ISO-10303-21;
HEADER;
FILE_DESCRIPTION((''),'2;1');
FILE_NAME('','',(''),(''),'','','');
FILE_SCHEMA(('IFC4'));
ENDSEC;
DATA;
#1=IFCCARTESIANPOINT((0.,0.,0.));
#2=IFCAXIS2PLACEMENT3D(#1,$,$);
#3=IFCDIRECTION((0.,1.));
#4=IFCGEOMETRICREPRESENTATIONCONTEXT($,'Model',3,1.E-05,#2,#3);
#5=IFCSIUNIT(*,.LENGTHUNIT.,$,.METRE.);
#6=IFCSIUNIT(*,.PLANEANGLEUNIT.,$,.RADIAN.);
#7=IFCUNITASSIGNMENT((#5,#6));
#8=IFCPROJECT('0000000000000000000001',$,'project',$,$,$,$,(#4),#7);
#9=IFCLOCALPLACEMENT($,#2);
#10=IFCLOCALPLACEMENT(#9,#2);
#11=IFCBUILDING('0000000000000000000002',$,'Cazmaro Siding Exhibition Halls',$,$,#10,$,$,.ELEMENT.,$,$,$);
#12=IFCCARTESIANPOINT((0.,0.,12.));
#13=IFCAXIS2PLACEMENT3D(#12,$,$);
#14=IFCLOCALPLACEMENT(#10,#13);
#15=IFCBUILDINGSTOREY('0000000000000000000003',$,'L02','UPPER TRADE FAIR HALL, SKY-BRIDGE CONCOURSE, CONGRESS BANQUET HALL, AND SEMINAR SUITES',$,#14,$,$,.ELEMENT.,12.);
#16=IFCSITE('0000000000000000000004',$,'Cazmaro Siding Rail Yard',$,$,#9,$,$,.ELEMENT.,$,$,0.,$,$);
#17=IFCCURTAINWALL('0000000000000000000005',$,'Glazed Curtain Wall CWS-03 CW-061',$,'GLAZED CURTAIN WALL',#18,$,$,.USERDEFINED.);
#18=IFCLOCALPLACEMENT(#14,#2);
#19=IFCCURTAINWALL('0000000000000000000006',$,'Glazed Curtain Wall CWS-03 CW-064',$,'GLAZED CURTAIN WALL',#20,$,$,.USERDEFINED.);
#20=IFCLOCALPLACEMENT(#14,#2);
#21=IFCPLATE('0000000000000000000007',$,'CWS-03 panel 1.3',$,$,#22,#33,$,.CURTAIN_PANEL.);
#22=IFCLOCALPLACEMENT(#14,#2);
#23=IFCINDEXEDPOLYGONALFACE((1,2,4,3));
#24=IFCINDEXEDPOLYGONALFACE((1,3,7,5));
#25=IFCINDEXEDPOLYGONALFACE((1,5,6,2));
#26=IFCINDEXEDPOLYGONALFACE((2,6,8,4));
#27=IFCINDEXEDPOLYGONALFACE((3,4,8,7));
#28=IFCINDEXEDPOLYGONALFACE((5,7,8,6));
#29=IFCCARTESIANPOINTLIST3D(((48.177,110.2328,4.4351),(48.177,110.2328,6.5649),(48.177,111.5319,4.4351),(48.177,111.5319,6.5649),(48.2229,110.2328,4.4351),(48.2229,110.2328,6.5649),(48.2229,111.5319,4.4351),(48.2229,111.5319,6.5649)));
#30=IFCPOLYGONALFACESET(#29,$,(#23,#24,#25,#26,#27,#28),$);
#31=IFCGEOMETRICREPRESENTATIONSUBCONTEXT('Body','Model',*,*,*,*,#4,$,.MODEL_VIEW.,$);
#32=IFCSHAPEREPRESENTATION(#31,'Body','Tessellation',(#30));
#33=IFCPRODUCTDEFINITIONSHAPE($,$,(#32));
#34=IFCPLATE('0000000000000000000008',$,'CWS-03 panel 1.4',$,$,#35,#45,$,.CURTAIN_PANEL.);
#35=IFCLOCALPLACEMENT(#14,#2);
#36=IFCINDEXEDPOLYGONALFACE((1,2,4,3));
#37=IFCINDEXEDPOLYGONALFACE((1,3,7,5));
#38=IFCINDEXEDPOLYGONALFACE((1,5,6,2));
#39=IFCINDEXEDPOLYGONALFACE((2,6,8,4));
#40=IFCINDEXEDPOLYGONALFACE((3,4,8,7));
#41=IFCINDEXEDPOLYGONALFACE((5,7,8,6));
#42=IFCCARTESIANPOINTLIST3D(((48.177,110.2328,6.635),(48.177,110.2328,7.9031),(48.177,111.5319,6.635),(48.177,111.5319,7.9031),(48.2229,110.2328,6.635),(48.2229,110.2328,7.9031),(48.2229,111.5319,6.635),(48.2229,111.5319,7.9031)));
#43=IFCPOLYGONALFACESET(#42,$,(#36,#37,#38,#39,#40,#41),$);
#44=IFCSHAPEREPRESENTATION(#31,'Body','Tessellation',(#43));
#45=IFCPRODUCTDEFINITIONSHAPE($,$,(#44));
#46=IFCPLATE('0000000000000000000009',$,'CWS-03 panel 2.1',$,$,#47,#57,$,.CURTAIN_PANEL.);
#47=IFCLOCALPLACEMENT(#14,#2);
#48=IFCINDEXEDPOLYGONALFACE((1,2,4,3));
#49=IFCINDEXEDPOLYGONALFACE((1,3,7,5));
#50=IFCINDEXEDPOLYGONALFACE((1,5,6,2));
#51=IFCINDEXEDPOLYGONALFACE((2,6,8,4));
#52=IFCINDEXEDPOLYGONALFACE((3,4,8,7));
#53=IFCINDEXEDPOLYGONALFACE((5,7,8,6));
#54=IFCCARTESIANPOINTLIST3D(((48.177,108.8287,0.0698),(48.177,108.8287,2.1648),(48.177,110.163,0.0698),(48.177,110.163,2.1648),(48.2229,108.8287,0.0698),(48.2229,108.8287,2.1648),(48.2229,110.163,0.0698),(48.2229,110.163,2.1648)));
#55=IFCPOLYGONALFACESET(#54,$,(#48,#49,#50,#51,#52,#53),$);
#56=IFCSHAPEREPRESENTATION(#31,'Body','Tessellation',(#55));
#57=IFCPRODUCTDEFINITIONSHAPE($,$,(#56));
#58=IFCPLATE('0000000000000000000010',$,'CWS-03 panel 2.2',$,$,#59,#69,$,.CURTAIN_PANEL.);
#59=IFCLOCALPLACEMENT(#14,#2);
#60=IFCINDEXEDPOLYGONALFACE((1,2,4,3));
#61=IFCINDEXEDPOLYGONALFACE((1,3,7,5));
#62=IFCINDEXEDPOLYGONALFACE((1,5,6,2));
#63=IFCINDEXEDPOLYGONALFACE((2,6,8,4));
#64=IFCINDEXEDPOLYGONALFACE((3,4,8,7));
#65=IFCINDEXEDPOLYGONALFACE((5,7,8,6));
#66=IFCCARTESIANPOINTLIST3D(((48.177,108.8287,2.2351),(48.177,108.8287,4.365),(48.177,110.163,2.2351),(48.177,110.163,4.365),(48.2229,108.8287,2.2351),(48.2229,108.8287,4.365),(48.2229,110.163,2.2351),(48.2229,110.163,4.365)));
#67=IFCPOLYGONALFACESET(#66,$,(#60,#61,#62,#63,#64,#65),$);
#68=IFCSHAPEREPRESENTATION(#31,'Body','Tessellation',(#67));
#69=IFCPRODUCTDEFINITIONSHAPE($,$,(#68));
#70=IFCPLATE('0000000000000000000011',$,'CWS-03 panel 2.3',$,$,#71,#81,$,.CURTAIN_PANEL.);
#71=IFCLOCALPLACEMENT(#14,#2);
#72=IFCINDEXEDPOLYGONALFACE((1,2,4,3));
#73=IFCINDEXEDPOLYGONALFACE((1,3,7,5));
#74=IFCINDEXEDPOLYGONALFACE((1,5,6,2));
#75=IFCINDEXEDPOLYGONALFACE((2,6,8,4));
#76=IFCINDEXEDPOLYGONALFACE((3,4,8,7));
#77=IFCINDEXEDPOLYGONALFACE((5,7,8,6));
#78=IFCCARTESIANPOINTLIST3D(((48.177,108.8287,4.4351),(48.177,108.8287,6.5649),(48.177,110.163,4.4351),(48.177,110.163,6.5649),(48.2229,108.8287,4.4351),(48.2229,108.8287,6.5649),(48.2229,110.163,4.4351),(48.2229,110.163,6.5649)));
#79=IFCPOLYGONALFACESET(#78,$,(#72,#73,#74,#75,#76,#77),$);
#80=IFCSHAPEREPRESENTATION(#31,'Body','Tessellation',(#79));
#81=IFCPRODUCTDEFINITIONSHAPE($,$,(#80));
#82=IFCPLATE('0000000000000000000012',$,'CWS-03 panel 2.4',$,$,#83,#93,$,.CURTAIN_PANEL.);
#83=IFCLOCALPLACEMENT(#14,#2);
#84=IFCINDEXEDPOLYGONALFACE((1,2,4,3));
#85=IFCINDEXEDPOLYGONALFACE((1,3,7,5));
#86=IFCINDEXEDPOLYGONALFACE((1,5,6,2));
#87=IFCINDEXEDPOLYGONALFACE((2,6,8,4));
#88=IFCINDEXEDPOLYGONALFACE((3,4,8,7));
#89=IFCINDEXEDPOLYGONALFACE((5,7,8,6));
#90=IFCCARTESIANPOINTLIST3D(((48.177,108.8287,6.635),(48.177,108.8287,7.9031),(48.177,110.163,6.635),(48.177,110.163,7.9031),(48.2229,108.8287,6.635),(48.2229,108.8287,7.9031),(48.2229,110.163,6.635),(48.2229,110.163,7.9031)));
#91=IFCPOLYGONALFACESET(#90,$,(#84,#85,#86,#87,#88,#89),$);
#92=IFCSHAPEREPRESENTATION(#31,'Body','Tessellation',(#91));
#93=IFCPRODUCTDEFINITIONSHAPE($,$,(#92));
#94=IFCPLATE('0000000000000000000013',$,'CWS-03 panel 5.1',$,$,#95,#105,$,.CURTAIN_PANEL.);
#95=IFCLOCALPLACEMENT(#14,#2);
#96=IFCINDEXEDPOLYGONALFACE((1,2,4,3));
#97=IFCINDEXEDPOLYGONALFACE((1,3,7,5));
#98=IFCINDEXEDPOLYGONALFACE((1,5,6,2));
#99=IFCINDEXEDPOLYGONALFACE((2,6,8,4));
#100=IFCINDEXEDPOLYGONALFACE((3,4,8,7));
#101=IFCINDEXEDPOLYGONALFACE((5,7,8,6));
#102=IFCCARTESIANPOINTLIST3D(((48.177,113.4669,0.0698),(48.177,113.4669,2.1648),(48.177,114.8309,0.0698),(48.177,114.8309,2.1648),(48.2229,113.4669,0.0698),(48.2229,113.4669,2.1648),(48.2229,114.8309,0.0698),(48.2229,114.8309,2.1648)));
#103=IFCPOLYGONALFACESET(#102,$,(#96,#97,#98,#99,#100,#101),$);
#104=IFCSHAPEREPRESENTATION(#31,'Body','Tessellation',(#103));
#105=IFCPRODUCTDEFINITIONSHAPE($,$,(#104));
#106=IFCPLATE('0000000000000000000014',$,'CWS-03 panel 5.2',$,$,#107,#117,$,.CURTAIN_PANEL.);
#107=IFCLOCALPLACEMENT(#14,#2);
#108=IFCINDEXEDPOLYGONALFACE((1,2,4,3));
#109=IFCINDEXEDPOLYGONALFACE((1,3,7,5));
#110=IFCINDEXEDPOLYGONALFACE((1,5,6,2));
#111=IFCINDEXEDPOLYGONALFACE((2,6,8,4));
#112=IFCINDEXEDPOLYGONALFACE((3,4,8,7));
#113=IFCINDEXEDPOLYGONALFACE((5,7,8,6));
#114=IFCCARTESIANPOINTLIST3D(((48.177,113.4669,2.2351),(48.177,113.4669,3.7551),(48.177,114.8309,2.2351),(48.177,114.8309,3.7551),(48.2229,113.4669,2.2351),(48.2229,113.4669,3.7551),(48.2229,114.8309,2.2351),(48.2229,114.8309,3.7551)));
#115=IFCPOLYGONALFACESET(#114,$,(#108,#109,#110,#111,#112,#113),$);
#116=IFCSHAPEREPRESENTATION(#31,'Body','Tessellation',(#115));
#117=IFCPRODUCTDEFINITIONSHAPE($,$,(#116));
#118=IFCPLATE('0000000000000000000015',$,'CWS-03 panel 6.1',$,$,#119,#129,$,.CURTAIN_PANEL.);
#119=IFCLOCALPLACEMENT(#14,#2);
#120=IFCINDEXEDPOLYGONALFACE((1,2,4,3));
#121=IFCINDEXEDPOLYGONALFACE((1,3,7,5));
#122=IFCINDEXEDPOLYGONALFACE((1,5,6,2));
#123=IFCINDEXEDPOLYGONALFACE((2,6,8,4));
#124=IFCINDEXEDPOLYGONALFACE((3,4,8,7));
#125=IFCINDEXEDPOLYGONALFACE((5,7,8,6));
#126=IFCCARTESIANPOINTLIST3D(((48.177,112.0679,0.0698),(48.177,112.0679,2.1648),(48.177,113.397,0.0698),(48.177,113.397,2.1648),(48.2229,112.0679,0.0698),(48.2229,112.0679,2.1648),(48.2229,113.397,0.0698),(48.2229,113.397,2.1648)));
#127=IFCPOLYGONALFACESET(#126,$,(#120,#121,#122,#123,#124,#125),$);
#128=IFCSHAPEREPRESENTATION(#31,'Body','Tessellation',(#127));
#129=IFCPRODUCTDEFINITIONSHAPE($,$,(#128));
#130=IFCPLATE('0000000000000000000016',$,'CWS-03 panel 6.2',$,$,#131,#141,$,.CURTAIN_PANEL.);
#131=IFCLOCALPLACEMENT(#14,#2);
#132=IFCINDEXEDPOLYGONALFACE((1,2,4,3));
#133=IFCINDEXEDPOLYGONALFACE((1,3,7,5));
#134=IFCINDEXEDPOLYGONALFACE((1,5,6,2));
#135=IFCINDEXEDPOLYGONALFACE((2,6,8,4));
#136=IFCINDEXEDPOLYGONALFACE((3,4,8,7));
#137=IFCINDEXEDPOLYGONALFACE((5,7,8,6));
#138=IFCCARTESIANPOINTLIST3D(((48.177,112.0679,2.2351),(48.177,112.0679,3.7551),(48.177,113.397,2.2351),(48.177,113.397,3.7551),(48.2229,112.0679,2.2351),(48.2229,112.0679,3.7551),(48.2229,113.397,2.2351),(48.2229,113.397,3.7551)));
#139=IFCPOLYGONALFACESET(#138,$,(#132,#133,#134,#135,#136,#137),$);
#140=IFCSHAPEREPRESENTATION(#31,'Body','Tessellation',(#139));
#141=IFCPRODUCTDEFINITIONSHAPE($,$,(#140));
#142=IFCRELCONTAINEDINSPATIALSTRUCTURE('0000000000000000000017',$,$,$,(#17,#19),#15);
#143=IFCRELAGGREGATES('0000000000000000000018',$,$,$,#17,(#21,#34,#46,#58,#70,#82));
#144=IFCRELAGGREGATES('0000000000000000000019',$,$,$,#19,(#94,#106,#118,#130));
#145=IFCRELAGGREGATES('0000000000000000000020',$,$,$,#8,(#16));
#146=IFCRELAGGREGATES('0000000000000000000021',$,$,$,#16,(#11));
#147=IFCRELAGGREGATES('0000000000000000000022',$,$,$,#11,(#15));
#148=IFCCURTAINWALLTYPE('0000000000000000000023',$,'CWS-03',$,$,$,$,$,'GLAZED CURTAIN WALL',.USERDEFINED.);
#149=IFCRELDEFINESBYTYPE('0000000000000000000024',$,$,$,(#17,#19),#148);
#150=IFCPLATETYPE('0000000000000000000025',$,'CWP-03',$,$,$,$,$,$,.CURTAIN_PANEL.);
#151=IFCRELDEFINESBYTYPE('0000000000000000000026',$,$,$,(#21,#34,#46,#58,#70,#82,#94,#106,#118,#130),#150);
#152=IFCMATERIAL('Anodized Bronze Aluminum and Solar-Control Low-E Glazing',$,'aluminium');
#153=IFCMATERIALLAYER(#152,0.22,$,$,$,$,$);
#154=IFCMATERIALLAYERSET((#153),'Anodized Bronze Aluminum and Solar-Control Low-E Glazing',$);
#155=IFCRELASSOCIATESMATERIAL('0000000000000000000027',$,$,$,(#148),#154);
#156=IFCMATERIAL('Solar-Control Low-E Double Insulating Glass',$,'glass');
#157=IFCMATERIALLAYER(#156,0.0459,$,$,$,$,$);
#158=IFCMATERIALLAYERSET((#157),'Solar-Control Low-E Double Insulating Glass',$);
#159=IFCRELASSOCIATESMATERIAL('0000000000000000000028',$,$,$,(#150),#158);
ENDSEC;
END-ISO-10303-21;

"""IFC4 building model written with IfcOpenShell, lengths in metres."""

from ifc_helpers import new_model, si_unit, direction, frame, origin, origin_2d, place, context, subcontext, project, spatial, rectangle, extrude, material, layer, layer_set, type_object, element, aggregate, save


model = new_model("IFC4")

# Units and contexts
model_context = context("Model", 3, precision=1e-05, world=origin(), true_north=direction((0.0, 1.0)))
body_context = subcontext(model_context, "Body", "Model", "MODEL_VIEW")
ifc_project = project(units=[si_unit("LENGTHUNIT", "METRE"), si_unit("PLANEANGLEUNIT", "RADIAN")], contexts=[model_context])

# Site, building, storey
site_placement = place(None, origin())
site = spatial("IfcSite", under=ifc_project, at=site_placement, Name="Cazmaro Siding Rail Yard", CompositionType="ELEMENT", RefElevation=0.0)
building_placement = place(site_placement, origin())
building = spatial("IfcBuilding", under=site, at=building_placement, Name="Cazmaro Siding Exhibition Halls", CompositionType="ELEMENT")
storey_placement = place(building_placement, frame((0.0, 0.0, 12.0)))
storey = spatial("IfcBuildingStorey", under=building, at=storey_placement, Name="L02", Description="UPPER TRADE FAIR HALL, SKY-BRIDGE CONCOURSE, CONGRESS BANQUET HALL, AND SEMINAR SUITES", CompositionType="ELEMENT", Elevation=12.0)

# Curtain walls
ifc_material_1 = material(Name="Anodized Bronze Aluminum and Solar-Control Low-E Glazing", Category="aluminium")
ifc_layer_1 = layer(ifc_material_1, 0.22)
ifc_layer_set_1 = layer_set([ifc_layer_1], Name="Anodized Bronze Aluminum and Solar-Control Low-E Glazing")
curtain_wall_type = type_object("IfcCurtainWallType", Name="CWS-03", ElementType="GLAZED CURTAIN WALL", PredefinedType="USERDEFINED", material=ifc_layer_set_1)
curtain_wall_1_placement = place(storey_placement, origin())
curtain_wall_1 = element("IfcCurtainWall", 1, at=curtain_wall_1_placement, inside=storey, type_object=curtain_wall_type, Name="Glazed Curtain Wall CWS-03 CW-061", ObjectType="GLAZED CURTAIN WALL", PredefinedType="USERDEFINED")
curtain_wall_2_placement = place(storey_placement, origin())
curtain_wall_2 = element("IfcCurtainWall", 2, at=curtain_wall_2_placement, inside=storey, type_object=curtain_wall_type, Name="Glazed Curtain Wall CWS-03 CW-064", ObjectType="GLAZED CURTAIN WALL", PredefinedType="USERDEFINED")

# Plates
ifc_material_2 = material(Name="Solar-Control Low-E Double Insulating Glass", Category="glass")
ifc_layer_2 = layer(ifc_material_2, 0.0459)
ifc_layer_set_2 = layer_set([ifc_layer_2], Name="Solar-Control Low-E Double Insulating Glass")
plate_type = type_object("IfcPlateType", Name="CWP-03", PredefinedType="CURTAIN_PANEL", material=ifc_layer_set_2)
plate_1_placement = place(storey_placement, frame((48.2, 110.8823, 4.4351), z_axis=(0.0, 0.0, 1.0), x_axis=(0.0, -1.0, 0.0)))
plate_1 = element("IfcPlate", 3, at=plate_1_placement, type_object=plate_type, Name="CWS-03 panel 1.3", PredefinedType="CURTAIN_PANEL", context=body_context, shape_type="SweptSolid", body=[
    extrude(rectangle(XDim=1.2991, YDim=0.0459, at=origin_2d()), origin(), (0.0, 0.0, 1.0), 2.1299),
])
plate_2_placement = place(storey_placement, frame((48.2, 110.8823, 6.635), z_axis=(0.0, 0.0, 1.0), x_axis=(0.0, -1.0, 0.0)))
plate_2 = element("IfcPlate", 4, at=plate_2_placement, type_object=plate_type, Name="CWS-03 panel 1.4", PredefinedType="CURTAIN_PANEL", context=body_context, shape_type="SweptSolid", body=[
    extrude(rectangle(XDim=1.2991, YDim=0.0459, at=origin_2d()), origin(), (0.0, 0.0, 1.0), 1.2681),
])
plate_3_placement = place(storey_placement, frame((48.2, 109.4958, 0.0698), z_axis=(0.0, 0.0, 1.0), x_axis=(0.0, -1.0, 0.0)))
plate_3 = element("IfcPlate", 5, at=plate_3_placement, type_object=plate_type, Name="CWS-03 panel 2.1", PredefinedType="CURTAIN_PANEL", context=body_context, shape_type="SweptSolid", body=[
    extrude(rectangle(XDim=1.3342, YDim=0.0459, at=origin_2d()), origin(), (0.0, 0.0, 1.0), 2.095),
])
plate_4_placement = place(storey_placement, frame((48.2, 109.4958, 2.2351), z_axis=(0.0, 0.0, 1.0), x_axis=(0.0, -1.0, 0.0)))
plate_4 = element("IfcPlate", 6, at=plate_4_placement, type_object=plate_type, Name="CWS-03 panel 2.2", PredefinedType="CURTAIN_PANEL", context=body_context, shape_type="SweptSolid", body=[
    extrude(rectangle(XDim=1.3342, YDim=0.0459, at=origin_2d()), origin(), (0.0, 0.0, 1.0), 2.1299),
])
plate_5_placement = place(storey_placement, frame((48.2, 109.4958, 4.4351), z_axis=(0.0, 0.0, 1.0), x_axis=(0.0, -1.0, 0.0)))
plate_5 = element("IfcPlate", 7, at=plate_5_placement, type_object=plate_type, Name="CWS-03 panel 2.3", PredefinedType="CURTAIN_PANEL", context=body_context, shape_type="SweptSolid", body=[
    extrude(rectangle(XDim=1.3342, YDim=0.0459, at=origin_2d()), origin(), (0.0, 0.0, 1.0), 2.1299),
])
plate_6_placement = place(storey_placement, frame((48.2, 109.4958, 6.635), z_axis=(0.0, 0.0, 1.0), x_axis=(0.0, -1.0, 0.0)))
plate_6 = element("IfcPlate", 8, at=plate_6_placement, type_object=plate_type, Name="CWS-03 panel 2.4", PredefinedType="CURTAIN_PANEL", context=body_context, shape_type="SweptSolid", body=[
    extrude(rectangle(XDim=1.3342, YDim=0.0459, at=origin_2d()), origin(), (0.0, 0.0, 1.0), 1.2681),
])
aggregate(curtain_wall_1, [plate_1, plate_2, plate_3, plate_4, plate_5, plate_6])
plate_7_placement = place(storey_placement, frame((48.2, 114.1489, 0.0698), z_axis=(0.0, 0.0, 1.0), x_axis=(0.0, -1.0, 0.0)))
plate_7 = element("IfcPlate", 9, at=plate_7_placement, type_object=plate_type, Name="CWS-03 panel 5.1", PredefinedType="CURTAIN_PANEL", context=body_context, shape_type="SweptSolid", body=[
    extrude(rectangle(XDim=1.364, YDim=0.0459, at=origin_2d()), origin(), (0.0, 0.0, 1.0), 2.095),
])
plate_8_placement = place(storey_placement, frame((48.2, 114.1489, 2.2351), z_axis=(0.0, 0.0, 1.0), x_axis=(0.0, -1.0, 0.0)))
plate_8 = element("IfcPlate", 10, at=plate_8_placement, type_object=plate_type, Name="CWS-03 panel 5.2", PredefinedType="CURTAIN_PANEL", context=body_context, shape_type="SweptSolid", body=[
    extrude(rectangle(XDim=1.364, YDim=0.0459, at=origin_2d()), origin(), (0.0, 0.0, 1.0), 1.52),
])
plate_9_placement = place(storey_placement, frame((48.2, 112.7324, 0.0698), z_axis=(0.0, 0.0, 1.0), x_axis=(0.0, -1.0, 0.0)))
plate_9 = element("IfcPlate", 11, at=plate_9_placement, type_object=plate_type, Name="CWS-03 panel 6.1", PredefinedType="CURTAIN_PANEL", context=body_context, shape_type="SweptSolid", body=[
    extrude(rectangle(XDim=1.3291, YDim=0.0459, at=origin_2d()), origin(), (0.0, 0.0, 1.0), 2.095),
])
plate_10_placement = place(storey_placement, frame((48.2, 112.7324, 2.2351), z_axis=(0.0, 0.0, 1.0), x_axis=(0.0, -1.0, 0.0)))
plate_10 = element("IfcPlate", 12, at=plate_10_placement, type_object=plate_type, Name="CWS-03 panel 6.2", PredefinedType="CURTAIN_PANEL", context=body_context, shape_type="SweptSolid", body=[
    extrude(rectangle(XDim=1.3291, YDim=0.0459, at=origin_2d()), origin(), (0.0, 0.0, 1.0), 1.52),
])
aggregate(curtain_wall_2, [plate_7, plate_8, plate_9, plate_10])

save(model, "model.ifc")
